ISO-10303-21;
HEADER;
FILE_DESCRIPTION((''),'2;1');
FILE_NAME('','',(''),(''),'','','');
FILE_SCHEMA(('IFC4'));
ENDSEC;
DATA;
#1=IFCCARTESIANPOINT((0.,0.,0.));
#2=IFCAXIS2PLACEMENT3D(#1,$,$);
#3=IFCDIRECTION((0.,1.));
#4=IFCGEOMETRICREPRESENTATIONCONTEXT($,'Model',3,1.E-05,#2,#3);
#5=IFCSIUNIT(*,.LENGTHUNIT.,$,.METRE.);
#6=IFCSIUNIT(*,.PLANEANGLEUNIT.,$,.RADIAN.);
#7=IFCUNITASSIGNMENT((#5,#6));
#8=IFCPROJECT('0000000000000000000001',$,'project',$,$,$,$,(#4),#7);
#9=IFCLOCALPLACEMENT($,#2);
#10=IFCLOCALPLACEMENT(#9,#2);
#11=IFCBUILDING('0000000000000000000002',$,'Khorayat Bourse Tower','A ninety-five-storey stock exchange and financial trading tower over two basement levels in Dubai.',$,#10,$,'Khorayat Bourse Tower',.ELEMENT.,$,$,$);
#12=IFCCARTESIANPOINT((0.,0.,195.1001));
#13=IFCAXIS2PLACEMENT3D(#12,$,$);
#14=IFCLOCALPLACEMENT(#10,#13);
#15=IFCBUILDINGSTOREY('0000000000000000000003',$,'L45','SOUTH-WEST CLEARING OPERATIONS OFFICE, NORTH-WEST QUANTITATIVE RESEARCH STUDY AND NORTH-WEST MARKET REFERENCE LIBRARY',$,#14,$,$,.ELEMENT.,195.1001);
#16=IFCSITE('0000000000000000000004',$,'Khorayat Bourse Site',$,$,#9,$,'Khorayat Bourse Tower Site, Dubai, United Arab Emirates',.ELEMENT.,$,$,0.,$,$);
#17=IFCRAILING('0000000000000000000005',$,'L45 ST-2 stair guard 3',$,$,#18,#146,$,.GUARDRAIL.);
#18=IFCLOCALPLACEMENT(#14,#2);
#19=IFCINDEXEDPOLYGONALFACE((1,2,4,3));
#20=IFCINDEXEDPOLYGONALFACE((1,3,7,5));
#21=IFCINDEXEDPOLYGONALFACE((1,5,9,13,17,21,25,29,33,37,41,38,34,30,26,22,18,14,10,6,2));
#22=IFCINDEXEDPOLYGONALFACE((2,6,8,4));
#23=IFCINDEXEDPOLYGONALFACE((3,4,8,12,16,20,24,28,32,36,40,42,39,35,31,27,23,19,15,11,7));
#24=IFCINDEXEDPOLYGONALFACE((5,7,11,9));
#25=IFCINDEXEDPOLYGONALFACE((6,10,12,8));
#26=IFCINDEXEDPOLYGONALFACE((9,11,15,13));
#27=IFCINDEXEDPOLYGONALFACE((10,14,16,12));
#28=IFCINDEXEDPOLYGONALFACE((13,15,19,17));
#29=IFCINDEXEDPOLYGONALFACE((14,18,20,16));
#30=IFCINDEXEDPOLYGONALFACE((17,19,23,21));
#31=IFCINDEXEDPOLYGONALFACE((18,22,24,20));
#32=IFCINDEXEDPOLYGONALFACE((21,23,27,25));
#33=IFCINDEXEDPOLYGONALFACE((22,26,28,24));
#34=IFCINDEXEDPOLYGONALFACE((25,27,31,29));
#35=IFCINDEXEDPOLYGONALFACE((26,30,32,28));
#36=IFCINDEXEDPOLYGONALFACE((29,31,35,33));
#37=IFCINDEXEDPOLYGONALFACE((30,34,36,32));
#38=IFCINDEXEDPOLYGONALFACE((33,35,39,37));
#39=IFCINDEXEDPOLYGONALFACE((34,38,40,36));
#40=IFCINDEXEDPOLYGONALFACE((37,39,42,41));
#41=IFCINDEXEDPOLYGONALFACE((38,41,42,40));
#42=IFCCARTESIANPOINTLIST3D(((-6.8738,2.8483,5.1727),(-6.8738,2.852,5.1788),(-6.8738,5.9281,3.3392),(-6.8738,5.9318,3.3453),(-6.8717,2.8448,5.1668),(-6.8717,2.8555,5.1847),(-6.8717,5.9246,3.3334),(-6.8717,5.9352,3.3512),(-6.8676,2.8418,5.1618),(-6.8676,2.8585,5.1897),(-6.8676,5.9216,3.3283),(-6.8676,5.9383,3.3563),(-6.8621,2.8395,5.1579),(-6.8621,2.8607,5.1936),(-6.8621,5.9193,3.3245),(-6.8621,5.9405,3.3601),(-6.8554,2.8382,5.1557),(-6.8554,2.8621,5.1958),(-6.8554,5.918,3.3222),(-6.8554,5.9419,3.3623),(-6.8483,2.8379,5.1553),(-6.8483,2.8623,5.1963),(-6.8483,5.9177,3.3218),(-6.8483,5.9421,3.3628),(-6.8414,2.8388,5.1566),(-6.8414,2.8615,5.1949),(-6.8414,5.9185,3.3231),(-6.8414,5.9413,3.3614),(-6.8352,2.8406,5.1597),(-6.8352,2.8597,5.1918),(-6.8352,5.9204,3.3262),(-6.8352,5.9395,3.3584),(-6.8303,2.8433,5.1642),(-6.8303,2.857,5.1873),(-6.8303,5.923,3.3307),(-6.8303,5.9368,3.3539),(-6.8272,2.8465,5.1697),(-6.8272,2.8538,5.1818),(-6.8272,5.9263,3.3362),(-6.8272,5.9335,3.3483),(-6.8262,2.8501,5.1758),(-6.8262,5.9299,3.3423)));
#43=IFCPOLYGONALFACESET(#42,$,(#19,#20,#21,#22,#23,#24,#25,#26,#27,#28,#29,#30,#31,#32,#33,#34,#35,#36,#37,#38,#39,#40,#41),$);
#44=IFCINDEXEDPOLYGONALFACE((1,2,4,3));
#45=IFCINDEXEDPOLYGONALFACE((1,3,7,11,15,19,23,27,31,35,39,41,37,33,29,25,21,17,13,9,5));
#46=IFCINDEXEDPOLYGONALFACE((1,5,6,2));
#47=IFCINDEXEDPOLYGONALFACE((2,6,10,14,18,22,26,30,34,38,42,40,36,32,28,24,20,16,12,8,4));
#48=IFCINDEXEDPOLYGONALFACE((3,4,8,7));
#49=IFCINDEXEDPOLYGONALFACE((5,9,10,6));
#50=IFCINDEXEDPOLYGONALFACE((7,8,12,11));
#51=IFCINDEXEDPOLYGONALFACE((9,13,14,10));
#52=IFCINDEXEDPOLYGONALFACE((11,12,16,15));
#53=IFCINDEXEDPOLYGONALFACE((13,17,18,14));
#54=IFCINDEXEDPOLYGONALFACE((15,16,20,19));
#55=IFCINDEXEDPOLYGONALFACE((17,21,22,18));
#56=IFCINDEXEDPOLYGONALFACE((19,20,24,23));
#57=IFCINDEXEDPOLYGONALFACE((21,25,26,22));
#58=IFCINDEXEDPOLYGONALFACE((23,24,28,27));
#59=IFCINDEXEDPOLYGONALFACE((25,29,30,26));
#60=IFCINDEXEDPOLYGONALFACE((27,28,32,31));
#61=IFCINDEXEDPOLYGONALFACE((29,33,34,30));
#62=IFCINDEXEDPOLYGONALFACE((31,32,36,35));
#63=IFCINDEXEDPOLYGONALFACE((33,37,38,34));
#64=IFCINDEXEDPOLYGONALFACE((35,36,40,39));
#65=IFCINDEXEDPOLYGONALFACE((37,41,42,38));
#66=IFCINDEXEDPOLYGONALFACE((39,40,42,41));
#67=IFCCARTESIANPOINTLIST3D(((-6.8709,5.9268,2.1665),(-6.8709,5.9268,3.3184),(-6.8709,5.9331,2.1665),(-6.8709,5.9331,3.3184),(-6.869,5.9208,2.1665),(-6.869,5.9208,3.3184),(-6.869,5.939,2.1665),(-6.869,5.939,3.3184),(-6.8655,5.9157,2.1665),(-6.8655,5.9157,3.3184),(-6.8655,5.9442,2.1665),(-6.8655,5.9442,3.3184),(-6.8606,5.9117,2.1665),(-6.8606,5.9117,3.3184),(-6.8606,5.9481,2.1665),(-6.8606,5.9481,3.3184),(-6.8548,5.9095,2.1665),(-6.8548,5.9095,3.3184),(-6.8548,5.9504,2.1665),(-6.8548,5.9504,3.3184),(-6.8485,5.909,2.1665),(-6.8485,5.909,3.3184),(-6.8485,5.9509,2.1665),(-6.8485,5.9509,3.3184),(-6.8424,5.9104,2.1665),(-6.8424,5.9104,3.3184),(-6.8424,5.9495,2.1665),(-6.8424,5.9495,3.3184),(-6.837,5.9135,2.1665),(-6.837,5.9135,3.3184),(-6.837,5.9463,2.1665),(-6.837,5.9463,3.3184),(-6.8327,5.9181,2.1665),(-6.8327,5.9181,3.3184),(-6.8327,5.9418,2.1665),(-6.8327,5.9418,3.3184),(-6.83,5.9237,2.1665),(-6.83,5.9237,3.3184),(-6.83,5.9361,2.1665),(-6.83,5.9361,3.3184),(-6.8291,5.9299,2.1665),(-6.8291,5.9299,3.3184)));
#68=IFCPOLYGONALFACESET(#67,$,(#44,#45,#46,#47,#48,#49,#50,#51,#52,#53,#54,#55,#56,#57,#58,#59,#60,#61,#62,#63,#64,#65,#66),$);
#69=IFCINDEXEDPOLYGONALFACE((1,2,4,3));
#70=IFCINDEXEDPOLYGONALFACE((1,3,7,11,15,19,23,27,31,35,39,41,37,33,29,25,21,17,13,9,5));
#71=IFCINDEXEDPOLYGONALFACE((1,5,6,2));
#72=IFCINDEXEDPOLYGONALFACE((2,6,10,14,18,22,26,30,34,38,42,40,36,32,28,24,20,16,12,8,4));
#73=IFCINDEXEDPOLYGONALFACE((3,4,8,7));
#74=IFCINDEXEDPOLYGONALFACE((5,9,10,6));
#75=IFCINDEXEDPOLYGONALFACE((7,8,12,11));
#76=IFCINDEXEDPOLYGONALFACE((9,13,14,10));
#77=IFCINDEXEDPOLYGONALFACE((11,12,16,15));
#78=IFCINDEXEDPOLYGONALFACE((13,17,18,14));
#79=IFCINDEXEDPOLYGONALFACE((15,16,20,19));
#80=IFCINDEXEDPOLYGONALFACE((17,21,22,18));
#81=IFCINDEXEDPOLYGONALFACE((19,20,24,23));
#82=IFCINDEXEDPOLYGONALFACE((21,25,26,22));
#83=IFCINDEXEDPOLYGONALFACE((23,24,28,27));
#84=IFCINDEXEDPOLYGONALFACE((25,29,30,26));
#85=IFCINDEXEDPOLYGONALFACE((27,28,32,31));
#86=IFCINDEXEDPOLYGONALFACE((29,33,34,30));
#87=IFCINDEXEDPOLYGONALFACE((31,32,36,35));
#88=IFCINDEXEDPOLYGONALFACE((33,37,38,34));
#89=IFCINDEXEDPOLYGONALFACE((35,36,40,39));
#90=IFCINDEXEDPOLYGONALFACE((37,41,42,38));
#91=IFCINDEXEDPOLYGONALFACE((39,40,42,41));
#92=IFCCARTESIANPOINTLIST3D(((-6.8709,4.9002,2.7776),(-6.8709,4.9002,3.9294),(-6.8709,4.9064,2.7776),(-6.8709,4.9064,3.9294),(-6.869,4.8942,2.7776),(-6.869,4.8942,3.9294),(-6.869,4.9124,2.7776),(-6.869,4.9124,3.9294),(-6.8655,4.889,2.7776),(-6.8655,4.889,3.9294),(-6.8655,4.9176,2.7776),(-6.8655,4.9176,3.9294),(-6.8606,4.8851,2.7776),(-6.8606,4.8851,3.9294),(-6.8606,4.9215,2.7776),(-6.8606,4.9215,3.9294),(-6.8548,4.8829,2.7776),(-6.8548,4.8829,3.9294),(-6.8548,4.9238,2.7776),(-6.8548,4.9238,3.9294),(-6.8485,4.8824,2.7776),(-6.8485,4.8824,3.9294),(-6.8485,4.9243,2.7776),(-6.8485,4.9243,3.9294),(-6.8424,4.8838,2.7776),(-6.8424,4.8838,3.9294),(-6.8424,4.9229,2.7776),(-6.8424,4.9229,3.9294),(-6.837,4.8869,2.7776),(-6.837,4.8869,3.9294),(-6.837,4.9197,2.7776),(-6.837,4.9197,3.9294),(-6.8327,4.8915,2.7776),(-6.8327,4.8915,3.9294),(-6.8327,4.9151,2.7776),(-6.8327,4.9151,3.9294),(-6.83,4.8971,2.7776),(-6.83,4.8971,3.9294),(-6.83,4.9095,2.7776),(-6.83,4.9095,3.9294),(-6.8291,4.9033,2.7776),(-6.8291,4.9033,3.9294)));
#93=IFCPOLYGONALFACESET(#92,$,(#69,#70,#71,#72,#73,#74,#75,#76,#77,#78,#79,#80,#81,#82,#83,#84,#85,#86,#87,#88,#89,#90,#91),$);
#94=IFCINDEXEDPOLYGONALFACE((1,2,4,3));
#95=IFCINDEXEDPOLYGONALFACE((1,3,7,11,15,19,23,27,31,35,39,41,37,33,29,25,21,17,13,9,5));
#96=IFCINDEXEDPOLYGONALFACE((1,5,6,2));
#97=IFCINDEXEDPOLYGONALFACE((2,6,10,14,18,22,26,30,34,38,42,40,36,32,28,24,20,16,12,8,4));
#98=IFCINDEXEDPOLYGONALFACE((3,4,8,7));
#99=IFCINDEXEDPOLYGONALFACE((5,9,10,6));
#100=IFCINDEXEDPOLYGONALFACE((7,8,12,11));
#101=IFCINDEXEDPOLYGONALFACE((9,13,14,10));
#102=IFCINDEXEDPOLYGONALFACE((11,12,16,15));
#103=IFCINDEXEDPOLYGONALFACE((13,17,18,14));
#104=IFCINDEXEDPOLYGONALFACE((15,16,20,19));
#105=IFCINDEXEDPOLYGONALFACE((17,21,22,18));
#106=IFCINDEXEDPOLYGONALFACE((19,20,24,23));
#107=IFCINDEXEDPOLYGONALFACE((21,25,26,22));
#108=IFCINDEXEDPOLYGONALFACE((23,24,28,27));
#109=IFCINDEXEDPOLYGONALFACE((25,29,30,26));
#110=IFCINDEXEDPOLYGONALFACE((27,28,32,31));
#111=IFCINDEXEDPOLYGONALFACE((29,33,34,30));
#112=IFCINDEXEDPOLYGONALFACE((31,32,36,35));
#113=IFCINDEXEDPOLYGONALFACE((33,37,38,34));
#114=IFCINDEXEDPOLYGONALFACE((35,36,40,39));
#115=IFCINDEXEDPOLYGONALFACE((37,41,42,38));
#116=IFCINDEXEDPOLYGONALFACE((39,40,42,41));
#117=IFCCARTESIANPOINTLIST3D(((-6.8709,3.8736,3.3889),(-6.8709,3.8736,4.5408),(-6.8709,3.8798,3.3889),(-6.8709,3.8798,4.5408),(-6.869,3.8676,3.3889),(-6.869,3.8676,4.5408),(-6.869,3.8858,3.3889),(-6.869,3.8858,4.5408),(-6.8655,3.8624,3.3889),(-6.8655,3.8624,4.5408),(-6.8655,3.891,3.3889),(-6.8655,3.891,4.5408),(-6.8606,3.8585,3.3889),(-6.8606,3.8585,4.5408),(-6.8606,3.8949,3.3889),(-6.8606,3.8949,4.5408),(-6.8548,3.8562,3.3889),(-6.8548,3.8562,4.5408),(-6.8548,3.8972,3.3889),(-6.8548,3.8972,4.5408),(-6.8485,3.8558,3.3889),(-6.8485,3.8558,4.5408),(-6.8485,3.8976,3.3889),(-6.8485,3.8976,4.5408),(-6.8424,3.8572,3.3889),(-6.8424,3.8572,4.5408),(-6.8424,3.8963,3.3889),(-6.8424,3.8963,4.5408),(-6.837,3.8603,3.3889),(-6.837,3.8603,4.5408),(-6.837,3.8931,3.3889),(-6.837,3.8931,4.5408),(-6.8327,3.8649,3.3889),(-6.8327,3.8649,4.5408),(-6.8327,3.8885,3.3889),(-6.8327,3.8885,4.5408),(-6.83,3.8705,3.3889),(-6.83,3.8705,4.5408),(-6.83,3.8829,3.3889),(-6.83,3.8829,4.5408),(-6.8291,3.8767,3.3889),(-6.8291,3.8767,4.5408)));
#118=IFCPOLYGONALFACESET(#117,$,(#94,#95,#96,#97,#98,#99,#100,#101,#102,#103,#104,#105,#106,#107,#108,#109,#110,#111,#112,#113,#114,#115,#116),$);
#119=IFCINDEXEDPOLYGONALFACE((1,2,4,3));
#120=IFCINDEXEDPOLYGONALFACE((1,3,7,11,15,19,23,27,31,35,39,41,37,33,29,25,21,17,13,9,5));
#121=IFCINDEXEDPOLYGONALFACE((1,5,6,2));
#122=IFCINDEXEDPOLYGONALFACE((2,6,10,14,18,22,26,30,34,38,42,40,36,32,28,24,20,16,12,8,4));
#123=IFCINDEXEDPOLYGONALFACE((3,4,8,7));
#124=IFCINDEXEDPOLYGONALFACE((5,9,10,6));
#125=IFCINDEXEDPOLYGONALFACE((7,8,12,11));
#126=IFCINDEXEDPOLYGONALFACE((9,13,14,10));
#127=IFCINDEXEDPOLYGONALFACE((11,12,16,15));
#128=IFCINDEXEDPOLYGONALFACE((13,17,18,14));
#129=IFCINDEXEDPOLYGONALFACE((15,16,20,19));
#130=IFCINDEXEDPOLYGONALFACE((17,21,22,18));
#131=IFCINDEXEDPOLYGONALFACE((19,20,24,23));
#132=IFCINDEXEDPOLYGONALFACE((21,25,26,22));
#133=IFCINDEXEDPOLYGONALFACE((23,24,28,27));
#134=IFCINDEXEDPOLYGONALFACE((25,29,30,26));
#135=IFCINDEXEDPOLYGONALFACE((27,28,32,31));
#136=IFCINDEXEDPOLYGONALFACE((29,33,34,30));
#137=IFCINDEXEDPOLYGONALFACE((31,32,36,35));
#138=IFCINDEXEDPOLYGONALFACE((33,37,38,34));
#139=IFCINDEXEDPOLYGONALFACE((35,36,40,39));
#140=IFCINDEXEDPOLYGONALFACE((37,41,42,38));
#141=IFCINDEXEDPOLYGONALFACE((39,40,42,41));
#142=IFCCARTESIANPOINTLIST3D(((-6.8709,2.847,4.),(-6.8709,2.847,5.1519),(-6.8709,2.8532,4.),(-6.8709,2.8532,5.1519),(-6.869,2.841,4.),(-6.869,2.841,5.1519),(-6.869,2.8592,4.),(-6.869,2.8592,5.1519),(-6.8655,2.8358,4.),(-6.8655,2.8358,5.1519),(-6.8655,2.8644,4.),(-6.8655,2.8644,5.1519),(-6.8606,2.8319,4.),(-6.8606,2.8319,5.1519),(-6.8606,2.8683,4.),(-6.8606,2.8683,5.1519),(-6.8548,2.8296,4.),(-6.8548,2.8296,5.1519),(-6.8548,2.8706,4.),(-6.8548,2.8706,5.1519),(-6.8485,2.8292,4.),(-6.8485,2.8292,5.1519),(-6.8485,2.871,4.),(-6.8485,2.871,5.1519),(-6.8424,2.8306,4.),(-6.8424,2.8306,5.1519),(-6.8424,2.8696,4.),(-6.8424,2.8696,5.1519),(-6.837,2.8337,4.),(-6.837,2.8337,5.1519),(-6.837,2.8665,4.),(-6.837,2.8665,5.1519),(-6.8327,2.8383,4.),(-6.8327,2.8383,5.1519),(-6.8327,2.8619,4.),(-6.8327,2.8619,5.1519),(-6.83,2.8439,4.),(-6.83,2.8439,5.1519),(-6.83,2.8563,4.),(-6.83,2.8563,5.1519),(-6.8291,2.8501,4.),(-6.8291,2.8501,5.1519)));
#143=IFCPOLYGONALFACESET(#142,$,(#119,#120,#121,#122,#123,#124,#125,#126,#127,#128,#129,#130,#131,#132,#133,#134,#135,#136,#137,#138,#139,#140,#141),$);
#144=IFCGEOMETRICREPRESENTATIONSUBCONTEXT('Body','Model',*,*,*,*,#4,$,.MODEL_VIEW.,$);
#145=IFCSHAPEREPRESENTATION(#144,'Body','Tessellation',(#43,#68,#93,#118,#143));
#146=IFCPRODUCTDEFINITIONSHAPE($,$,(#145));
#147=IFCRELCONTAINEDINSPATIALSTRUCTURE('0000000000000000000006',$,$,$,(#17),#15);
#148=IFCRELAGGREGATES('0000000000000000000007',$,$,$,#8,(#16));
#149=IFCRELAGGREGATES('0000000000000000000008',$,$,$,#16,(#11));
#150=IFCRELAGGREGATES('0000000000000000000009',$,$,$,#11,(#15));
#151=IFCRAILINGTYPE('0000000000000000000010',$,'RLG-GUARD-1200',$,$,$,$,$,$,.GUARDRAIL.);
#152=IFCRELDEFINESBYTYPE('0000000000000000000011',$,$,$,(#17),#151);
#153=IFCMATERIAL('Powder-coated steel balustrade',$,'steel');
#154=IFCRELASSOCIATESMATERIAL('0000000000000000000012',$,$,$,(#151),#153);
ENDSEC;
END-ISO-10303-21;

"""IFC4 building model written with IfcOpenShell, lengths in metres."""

from ifc_helpers import new_model, si_unit, direction, frame, origin, origin_2d, place, context, subcontext, project, spatial, circle, extrude, source, transform, mapped, material, type_object, element, save


model = new_model("IFC4")

# Units and contexts
model_context = context("Model", 3, precision=1e-05, world=origin(), true_north=direction((0.0, 1.0)))
body_context = subcontext(model_context, "Body", "Model", "MODEL_VIEW")
ifc_project = project(units=[si_unit("LENGTHUNIT", "METRE"), si_unit("PLANEANGLEUNIT", "RADIAN")], contexts=[model_context])

# Site, building, storey
site_placement = place(None, origin())
site = spatial("IfcSite", under=ifc_project, at=site_placement, Name="Khorayat Bourse Site", LongName="Khorayat Bourse Tower Site, Dubai, United Arab Emirates", CompositionType="ELEMENT", RefElevation=0.0)
building_placement = place(site_placement, origin())
building = spatial("IfcBuilding", under=site, at=building_placement, Name="Khorayat Bourse Tower", Description="A ninety-five-storey stock exchange and financial trading tower over two basement levels in Dubai.", LongName="Khorayat Bourse Tower", CompositionType="ELEMENT")
storey_placement = place(building_placement, frame((0.0, 0.0, 195.1001)))
storey = spatial("IfcBuildingStorey", under=building, at=storey_placement, Name="L45", Description="SOUTH-WEST CLEARING OPERATIONS OFFICE, NORTH-WEST QUANTITATIVE RESEARCH STUDY AND NORTH-WEST MARKET REFERENCE LIBRARY", CompositionType="ELEMENT", Elevation=195.1001)

# Railing
ifc_material_1 = material(Name="Powder-coated steel balustrade", Category="steel")
railing_type_1 = type_object("IfcRailingType", Name="RLG-GUARD-1200", PredefinedType="GUARDRAIL", material=ifc_material_1)
shared_shape_1 = source(origin(), body_context, "Body", "SweptSolid", [
    extrude(circle(Radius=0.0239, at=origin_2d()), frame((0.0, 0.0, 1.1758), z_axis=(0.0, -0.859261, 0.511538), x_axis=(1.0, 0.0, 0.0)), (0.0, 0.0, 1.0), 3.5842),
    extrude(circle(Radius=0.021, at=origin_2d()), origin(), (0.0, 0.0, 1.0), 1.1519),
    extrude(circle(Radius=0.021, at=origin_2d()), frame((0.0, -1.0266, 0.6111)), (0.0, 0.0, 1.0), 1.1519),
    extrude(circle(Radius=0.021, at=origin_2d()), frame((0.0, -2.0532, 1.2224)), (0.0, 0.0, 1.0), 1.1519),
    extrude(circle(Radius=0.021, at=origin_2d()), frame((0.0, -3.0798, 1.8335)), (0.0, 0.0, 1.0), 1.1519),
])
railing_1_placement = place(storey_placement, frame((-6.8501, 5.9299, 2.1665)))
element("IfcRailing", 1, at=railing_1_placement, inside=storey, type_object=railing_type_1, Name="L45 ST-2 stair guard 3", PredefinedType="GUARDRAIL", context=body_context, shape_type="MappedRepresentation", body=[
    mapped(shared_shape_1, transform((0.0, 0.0, 0.0), scale=1.0)),
])

save(model, "model.ifc")
